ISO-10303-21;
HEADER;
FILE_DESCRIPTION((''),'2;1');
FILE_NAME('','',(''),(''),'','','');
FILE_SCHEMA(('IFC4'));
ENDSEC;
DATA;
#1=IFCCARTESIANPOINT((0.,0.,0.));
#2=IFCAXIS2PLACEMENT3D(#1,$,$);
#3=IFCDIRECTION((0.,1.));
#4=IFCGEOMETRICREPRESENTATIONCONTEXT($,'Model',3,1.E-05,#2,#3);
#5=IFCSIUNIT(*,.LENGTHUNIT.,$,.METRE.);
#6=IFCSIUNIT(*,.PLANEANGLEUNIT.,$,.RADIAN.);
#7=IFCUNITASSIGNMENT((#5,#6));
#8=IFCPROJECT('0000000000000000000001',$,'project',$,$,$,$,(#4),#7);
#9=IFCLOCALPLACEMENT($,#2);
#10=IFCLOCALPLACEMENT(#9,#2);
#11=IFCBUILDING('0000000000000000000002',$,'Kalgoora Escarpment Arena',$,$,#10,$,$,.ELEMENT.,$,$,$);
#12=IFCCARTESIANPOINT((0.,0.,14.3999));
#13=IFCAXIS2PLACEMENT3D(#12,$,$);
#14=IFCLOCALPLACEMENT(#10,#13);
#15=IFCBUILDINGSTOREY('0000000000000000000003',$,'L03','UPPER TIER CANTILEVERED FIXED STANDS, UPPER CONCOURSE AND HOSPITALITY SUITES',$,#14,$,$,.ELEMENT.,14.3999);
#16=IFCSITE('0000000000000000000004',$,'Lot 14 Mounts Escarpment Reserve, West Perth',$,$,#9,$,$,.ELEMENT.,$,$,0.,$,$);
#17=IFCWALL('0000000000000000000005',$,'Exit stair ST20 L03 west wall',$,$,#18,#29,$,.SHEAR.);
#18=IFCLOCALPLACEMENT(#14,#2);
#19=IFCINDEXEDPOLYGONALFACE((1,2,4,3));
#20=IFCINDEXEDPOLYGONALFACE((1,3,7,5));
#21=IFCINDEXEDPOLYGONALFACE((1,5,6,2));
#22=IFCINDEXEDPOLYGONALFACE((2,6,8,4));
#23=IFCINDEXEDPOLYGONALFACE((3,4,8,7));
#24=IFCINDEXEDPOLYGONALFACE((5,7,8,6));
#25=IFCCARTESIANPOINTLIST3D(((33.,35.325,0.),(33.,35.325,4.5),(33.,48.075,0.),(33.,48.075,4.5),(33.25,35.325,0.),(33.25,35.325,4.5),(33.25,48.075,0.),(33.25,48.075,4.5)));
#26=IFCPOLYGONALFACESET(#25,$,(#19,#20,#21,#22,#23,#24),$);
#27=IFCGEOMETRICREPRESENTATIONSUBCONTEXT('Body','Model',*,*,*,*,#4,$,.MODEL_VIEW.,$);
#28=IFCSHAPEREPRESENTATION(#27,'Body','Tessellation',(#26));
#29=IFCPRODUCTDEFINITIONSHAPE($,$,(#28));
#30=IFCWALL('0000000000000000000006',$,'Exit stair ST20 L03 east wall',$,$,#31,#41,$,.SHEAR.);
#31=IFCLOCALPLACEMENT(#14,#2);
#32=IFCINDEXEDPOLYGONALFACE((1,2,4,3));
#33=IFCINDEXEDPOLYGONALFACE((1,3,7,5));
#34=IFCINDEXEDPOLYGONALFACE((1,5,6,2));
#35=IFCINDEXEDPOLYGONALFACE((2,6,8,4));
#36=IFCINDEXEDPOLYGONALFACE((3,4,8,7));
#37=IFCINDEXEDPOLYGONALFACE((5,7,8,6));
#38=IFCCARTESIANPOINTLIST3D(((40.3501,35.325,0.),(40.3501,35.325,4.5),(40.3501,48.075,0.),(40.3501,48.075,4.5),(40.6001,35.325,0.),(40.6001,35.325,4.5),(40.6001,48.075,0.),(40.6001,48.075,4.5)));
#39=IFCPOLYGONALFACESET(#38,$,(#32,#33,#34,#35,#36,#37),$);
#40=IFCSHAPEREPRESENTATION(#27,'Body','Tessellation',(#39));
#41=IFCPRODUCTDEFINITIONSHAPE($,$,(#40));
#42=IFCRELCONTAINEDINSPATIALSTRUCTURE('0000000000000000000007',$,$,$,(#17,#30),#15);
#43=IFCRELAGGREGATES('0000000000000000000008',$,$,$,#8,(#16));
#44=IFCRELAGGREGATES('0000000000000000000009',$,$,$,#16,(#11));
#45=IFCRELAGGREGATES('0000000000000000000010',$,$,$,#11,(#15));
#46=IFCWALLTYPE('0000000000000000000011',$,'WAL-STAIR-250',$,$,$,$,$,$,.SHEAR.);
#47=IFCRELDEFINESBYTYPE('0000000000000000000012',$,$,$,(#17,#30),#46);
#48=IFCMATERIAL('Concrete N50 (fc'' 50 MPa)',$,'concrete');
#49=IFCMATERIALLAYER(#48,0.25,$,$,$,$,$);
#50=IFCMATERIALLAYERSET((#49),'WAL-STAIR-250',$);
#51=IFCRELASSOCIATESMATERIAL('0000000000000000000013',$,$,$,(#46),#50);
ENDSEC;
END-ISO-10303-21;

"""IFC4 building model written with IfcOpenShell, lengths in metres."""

from ifc_helpers import new_model, si_unit, direction, frame, frame_2d, origin, place, context, subcontext, project, spatial, rectangle, extrude, material, layer, layer_set, type_object, element, save


model = new_model("IFC4")

# Units and contexts
model_context = context("Model", 3, precision=1e-05, world=origin(), true_north=direction((0.0, 1.0)))
body_context = subcontext(model_context, "Body", "Model", "MODEL_VIEW")
ifc_project = project(units=[si_unit("LENGTHUNIT", "METRE"), si_unit("PLANEANGLEUNIT", "RADIAN")], contexts=[model_context])

# Site, building, storey
site_placement = place(None, origin())
site = spatial("IfcSite", under=ifc_project, at=site_placement, Name="Lot 14 Mounts Escarpment Reserve, West Perth", CompositionType="ELEMENT", RefElevation=0.0)
building_placement = place(site_placement, origin())
building = spatial("IfcBuilding", under=site, at=building_placement, Name="Kalgoora Escarpment Arena", CompositionType="ELEMENT")
storey_placement = place(building_placement, frame((0.0, 0.0, 14.3999)))
storey = spatial("IfcBuildingStorey", under=building, at=storey_placement, Name="L03", Description="UPPER TIER CANTILEVERED FIXED STANDS, UPPER CONCOURSE AND HOSPITALITY SUITES", CompositionType="ELEMENT", Elevation=14.3999)

# Walls
ifc_material_1 = material(Name="Concrete N50 (fc' 50 MPa)", Category="concrete")
ifc_layer_1 = layer(ifc_material_1, 0.25)
ifc_layer_set_1 = layer_set([ifc_layer_1], Name="WAL-STAIR-250")
wall_type_1 = type_object("IfcWallType", Name="WAL-STAIR-250", PredefinedType="SHEAR", material=ifc_layer_set_1)
for number, where, z_axis, x_axis, name in (
    (1, (33.125, 35.325, 0.0), (0.0, 0.0, 1.0), (0.0, 1.0, 0.0), "Exit stair ST20 L03 west wall"),
    (2, (40.4751, 35.325, 0.0), (0.0, 0.0, 1.0), (0.0, 1.0, 0.0), "Exit stair ST20 L03 east wall"),
):
    element("IfcWall", number, at=place(storey_placement, frame(where, z_axis=z_axis, x_axis=x_axis)), inside=storey, type_object=wall_type_1, Name=name, PredefinedType="SHEAR", context=body_context, shape_type="SweptSolid", body=[
        extrude(rectangle(XDim=12.75, YDim=0.25, at=frame_2d((6.375, 0.0))), origin(), (0.0, 0.0, 1.0), 4.5),
    ])

save(model, "model.ifc")
